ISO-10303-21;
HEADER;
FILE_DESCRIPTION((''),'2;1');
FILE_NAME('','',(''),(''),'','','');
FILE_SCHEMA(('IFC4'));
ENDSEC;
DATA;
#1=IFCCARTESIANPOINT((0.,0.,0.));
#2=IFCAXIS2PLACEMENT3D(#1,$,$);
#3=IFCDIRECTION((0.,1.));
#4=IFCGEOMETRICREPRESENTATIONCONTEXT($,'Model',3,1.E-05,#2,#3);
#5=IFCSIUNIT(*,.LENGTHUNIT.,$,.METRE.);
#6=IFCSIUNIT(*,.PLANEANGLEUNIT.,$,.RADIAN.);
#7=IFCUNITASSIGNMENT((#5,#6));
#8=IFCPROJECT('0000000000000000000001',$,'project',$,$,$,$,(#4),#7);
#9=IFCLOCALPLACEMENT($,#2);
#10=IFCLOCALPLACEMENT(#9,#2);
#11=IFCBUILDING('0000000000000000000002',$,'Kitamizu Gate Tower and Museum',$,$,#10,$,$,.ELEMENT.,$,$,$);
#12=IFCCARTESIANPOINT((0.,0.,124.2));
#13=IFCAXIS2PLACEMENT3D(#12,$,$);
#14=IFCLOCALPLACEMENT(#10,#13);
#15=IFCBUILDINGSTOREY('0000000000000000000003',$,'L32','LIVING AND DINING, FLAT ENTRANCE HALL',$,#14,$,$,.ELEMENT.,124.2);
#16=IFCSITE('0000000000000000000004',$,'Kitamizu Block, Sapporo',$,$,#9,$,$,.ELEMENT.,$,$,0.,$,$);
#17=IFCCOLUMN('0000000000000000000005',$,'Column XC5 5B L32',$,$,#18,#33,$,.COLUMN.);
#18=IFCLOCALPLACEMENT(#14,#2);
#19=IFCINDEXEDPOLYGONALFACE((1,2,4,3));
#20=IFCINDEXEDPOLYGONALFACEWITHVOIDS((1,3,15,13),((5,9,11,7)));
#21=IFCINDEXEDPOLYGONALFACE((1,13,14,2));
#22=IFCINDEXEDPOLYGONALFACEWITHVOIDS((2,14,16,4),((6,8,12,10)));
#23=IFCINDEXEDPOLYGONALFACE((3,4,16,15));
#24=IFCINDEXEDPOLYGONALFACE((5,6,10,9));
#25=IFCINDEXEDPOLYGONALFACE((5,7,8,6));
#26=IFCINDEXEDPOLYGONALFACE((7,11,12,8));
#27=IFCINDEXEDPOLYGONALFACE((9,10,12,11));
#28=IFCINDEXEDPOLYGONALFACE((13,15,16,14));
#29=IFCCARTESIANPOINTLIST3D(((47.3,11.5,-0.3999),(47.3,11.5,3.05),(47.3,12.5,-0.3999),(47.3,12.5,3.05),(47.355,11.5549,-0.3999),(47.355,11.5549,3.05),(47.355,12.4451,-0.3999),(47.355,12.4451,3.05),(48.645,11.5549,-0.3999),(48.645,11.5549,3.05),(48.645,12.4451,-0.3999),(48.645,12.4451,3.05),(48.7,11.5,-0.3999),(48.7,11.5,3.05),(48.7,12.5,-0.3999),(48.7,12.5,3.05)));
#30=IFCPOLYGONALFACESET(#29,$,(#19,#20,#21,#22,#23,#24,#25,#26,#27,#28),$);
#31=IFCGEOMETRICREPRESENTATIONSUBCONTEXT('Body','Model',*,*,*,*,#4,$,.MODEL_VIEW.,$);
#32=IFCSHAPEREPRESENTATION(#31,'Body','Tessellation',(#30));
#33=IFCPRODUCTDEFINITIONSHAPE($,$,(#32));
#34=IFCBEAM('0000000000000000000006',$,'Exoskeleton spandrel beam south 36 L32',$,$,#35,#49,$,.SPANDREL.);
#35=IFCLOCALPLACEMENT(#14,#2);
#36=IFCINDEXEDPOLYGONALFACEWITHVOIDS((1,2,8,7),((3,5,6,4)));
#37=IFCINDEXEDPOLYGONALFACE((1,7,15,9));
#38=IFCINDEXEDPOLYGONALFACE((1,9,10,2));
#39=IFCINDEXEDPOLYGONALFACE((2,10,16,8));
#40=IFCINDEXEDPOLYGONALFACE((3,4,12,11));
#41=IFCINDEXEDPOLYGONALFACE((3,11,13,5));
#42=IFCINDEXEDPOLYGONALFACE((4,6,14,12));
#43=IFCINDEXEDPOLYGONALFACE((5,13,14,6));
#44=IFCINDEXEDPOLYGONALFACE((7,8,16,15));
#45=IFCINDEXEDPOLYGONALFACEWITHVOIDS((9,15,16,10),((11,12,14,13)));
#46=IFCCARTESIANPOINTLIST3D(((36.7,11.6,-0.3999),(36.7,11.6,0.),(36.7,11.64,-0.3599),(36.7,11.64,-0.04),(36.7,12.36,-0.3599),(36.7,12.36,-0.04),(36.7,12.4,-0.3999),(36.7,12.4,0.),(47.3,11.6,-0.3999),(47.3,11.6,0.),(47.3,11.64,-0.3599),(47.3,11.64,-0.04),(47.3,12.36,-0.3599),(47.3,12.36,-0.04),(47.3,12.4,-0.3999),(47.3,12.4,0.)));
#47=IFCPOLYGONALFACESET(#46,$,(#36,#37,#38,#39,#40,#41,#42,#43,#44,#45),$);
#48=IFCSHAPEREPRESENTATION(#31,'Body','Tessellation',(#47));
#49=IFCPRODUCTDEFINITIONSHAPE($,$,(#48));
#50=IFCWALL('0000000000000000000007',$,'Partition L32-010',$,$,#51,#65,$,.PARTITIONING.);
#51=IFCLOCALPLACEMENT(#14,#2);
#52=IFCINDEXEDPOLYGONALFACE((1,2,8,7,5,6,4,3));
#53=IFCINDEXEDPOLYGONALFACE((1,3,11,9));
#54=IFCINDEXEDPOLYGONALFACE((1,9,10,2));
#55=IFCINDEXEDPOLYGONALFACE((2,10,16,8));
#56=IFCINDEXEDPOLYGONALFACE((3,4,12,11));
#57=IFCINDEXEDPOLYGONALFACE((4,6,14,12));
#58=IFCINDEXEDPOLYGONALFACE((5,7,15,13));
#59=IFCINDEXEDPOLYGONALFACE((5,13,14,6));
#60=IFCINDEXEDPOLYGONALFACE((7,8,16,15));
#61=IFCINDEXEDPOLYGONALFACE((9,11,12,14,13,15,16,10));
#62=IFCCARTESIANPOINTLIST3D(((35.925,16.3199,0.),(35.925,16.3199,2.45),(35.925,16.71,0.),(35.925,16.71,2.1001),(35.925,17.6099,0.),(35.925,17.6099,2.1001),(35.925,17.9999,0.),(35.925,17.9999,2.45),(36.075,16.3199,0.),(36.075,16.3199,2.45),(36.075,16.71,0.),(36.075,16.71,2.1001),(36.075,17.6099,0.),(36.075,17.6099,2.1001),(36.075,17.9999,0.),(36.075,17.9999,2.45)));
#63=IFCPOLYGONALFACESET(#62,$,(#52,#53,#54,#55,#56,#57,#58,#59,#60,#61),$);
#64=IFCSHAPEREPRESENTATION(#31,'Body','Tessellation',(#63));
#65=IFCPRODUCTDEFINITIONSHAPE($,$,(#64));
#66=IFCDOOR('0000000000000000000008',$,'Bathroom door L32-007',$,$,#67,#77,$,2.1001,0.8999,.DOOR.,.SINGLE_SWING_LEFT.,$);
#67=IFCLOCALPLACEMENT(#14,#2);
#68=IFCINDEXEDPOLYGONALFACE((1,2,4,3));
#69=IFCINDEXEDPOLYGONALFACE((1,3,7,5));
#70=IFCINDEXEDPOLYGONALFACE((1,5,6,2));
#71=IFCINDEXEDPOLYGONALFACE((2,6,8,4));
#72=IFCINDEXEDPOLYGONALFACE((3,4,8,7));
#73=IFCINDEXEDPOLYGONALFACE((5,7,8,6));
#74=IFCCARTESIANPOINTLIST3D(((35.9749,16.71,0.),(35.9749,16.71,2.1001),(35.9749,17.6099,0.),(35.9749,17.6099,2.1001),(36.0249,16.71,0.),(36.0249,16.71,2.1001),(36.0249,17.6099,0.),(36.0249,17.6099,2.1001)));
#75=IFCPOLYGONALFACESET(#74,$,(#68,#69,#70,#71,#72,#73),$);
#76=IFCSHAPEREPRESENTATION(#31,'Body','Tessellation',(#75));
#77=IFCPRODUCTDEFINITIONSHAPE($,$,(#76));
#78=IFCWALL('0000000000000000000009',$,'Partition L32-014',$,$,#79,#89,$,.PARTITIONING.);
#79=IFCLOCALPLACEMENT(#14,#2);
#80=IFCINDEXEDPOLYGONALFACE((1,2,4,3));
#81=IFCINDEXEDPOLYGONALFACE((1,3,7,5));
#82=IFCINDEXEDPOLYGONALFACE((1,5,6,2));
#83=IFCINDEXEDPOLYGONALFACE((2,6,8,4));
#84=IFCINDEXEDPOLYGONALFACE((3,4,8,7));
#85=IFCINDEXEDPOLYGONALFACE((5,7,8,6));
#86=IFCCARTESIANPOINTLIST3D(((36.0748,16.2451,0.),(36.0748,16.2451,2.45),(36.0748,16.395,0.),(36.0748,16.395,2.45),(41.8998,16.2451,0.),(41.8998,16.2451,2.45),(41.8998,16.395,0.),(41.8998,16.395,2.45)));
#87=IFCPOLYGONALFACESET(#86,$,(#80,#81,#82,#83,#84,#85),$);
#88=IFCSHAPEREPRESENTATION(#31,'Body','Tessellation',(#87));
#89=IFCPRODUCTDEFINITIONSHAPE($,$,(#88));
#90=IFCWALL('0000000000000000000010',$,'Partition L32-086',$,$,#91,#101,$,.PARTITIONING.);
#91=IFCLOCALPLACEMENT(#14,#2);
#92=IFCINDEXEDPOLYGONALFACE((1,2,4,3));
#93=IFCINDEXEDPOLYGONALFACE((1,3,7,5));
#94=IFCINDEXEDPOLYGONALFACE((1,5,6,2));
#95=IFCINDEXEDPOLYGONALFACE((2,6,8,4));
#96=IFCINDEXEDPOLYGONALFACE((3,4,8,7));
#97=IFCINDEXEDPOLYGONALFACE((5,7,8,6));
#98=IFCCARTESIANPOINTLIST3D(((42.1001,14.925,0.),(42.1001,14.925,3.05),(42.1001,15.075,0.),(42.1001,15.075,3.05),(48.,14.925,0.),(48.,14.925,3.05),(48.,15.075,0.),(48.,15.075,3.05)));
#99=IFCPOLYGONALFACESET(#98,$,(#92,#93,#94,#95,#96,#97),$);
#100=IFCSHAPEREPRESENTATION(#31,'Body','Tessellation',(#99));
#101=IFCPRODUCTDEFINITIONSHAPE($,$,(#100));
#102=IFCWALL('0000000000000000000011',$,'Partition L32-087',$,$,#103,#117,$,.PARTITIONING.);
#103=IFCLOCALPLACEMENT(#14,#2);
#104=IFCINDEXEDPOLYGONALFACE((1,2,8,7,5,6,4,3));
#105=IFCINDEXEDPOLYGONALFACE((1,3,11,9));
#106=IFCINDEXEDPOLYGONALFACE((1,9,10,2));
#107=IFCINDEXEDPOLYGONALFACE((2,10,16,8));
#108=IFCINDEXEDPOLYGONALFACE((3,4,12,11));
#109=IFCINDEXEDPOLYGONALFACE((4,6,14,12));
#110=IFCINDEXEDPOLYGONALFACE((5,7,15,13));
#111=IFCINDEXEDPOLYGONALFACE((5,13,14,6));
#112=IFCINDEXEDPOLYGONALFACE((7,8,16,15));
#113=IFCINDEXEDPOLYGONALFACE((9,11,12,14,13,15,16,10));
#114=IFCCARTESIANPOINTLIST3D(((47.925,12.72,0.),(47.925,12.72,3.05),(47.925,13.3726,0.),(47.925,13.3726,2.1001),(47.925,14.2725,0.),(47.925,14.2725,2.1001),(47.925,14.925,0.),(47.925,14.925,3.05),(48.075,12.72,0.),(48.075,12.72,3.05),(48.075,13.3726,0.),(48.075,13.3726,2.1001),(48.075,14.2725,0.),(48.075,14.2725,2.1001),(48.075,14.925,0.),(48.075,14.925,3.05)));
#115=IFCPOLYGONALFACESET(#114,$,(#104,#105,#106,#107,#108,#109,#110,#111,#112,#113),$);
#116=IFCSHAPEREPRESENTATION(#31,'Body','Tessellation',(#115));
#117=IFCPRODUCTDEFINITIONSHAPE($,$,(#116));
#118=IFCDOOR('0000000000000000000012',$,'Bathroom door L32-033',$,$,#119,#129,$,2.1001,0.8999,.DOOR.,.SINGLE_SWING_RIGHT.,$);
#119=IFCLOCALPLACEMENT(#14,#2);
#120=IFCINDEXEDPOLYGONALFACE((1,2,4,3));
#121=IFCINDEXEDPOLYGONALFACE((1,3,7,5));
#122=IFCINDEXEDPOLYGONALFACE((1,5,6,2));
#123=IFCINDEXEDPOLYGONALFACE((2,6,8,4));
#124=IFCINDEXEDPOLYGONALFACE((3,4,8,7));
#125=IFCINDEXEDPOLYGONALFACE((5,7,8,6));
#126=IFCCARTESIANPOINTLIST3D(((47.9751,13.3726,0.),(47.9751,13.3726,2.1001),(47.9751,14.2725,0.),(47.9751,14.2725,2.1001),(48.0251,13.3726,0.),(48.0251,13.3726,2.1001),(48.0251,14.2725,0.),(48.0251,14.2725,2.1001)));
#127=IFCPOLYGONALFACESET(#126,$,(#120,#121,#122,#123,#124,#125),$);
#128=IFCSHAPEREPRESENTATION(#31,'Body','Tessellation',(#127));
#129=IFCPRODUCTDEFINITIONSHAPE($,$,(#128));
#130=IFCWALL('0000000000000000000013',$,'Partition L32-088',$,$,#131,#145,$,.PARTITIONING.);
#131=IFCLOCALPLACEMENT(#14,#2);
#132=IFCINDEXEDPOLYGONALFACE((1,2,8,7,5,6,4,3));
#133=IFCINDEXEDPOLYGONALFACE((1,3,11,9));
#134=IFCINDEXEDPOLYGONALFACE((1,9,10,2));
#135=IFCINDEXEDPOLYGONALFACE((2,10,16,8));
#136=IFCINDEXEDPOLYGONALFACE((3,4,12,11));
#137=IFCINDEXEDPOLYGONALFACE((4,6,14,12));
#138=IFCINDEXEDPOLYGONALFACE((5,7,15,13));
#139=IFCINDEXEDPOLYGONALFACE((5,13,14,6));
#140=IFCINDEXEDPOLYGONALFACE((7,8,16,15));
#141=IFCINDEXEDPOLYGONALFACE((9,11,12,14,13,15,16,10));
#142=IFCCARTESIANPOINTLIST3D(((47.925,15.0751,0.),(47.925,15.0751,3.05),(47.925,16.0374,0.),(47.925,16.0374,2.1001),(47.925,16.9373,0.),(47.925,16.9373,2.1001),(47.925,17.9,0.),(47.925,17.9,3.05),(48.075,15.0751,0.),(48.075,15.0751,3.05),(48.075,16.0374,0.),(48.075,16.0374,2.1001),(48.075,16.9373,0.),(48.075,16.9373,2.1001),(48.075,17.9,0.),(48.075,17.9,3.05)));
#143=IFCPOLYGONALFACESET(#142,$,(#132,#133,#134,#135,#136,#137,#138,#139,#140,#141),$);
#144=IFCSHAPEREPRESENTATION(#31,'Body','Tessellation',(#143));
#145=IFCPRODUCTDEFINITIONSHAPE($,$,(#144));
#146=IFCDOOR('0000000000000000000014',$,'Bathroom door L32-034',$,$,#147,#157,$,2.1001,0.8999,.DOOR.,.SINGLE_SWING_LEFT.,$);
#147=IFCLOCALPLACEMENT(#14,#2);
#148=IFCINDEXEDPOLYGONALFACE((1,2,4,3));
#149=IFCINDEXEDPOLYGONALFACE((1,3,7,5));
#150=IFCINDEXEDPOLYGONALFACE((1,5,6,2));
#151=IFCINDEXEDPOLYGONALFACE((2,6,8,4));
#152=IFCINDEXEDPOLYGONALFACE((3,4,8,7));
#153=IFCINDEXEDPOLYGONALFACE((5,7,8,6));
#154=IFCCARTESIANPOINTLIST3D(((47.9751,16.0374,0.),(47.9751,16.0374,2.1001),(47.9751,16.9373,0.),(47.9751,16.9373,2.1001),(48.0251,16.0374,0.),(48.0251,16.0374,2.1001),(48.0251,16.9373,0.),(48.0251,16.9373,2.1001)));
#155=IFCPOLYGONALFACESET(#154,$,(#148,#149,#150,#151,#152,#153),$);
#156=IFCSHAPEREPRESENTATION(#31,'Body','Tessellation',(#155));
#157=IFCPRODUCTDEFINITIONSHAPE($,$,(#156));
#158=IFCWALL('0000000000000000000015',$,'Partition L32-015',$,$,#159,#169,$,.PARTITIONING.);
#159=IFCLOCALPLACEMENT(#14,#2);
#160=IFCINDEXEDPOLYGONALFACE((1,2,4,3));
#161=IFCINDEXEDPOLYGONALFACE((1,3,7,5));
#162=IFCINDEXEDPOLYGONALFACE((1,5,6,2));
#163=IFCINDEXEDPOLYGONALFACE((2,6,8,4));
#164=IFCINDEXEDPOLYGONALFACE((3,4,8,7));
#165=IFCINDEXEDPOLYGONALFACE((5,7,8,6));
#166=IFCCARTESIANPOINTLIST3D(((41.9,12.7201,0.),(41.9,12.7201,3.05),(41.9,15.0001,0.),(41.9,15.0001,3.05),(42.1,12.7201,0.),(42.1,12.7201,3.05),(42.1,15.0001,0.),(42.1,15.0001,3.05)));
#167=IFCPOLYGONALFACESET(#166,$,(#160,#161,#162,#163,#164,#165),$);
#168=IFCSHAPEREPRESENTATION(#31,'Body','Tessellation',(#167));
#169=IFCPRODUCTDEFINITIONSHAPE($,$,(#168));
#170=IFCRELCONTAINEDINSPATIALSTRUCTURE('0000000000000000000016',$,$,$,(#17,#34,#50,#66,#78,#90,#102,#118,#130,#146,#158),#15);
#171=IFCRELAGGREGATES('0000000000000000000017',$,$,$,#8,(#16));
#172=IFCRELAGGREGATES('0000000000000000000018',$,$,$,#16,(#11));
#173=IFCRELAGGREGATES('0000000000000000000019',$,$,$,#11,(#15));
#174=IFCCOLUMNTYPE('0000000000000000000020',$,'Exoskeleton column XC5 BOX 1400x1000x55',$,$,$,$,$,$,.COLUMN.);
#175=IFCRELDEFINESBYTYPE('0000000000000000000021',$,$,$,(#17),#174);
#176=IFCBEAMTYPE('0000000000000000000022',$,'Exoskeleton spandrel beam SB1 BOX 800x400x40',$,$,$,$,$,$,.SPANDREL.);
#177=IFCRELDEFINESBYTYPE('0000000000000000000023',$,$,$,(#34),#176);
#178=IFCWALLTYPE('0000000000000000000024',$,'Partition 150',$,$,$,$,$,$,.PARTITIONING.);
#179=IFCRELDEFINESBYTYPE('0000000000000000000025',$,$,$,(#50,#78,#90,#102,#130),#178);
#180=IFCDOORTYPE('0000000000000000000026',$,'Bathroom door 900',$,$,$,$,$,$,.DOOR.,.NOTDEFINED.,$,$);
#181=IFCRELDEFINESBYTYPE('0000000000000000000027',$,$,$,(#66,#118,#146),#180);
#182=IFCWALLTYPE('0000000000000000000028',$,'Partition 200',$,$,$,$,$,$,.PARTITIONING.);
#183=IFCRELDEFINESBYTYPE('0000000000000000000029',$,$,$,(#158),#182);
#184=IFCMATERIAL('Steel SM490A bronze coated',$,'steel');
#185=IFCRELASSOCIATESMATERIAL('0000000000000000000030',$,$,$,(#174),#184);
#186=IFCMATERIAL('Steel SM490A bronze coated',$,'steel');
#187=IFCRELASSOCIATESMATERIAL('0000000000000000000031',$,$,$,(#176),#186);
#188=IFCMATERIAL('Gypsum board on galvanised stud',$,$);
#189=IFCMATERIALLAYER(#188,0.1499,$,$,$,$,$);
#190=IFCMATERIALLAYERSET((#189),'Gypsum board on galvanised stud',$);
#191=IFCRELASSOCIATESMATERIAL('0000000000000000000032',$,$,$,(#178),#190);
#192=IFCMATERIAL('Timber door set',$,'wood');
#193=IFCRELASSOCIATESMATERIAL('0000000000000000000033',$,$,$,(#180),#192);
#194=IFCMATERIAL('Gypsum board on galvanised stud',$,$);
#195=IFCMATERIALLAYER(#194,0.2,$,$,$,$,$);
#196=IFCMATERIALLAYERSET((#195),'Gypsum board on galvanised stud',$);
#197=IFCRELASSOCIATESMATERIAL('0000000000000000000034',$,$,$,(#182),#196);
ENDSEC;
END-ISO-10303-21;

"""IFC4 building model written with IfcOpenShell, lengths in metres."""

from ifc_helpers import new_model, si_unit, direction, frame, frame_2d, origin, origin_2d, place, context, subcontext, project, spatial, rectangle, hollow_rectangle, extrude, material, layer, layer_set, material_profile, profile_set, type_object, element, fill, save


model = new_model("IFC4")

# Units and contexts
model_context = context("Model", 3, precision=1e-05, world=origin(), true_north=direction((0.0, 1.0)))
body_context = subcontext(model_context, "Body", "Model", "MODEL_VIEW")
ifc_project = project(units=[si_unit("LENGTHUNIT", "METRE"), si_unit("PLANEANGLEUNIT", "RADIAN")], contexts=[model_context])

# Site, building, storey
site_placement = place(None, origin())
site = spatial("IfcSite", under=ifc_project, at=site_placement, Name="Kitamizu Block, Sapporo", CompositionType="ELEMENT", RefElevation=0.0)
building_placement = place(site_placement, origin())
building = spatial("IfcBuilding", under=site, at=building_placement, Name="Kitamizu Gate Tower and Museum", CompositionType="ELEMENT")
storey_placement = place(building_placement, frame((0.0, 0.0, 124.2)))
storey = spatial("IfcBuildingStorey", under=building, at=storey_placement, Name="L32", Description="LIVING AND DINING, FLAT ENTRANCE HALL", CompositionType="ELEMENT", Elevation=124.2)

# Column
ifc_material_1 = material(Name="Steel SM490A bronze coated", Category="steel")
ifc_material_profile_1 = material_profile(ifc_material_1, hollow_rectangle(XDim=1.3999, YDim=1.0, WallThickness=0.0549, at=origin_2d()), Name="BOX 1400x1000x55")
ifc_profile_set_1 = profile_set([ifc_material_profile_1], Name="Steel SM490A bronze coated")
column_type = type_object("IfcColumnType", Name="Exoskeleton column XC5 BOX 1400x1000x55", PredefinedType="COLUMN", material=ifc_profile_set_1)
column_placement = place(storey_placement, frame((48.0, 12.0, -0.3999), z_axis=(0.0, 0.0, 1.0), x_axis=(1.0, 0.0, 0.0)))
element("IfcColumn", 1, at=column_placement, inside=storey, type_object=column_type, Name="Column XC5 5B L32", PredefinedType="COLUMN", context=body_context, shape_type="SweptSolid", body=[
    extrude(hollow_rectangle(XDim=1.3999, YDim=1.0, WallThickness=0.0549, at=origin_2d()), origin(), (0.0, 0.0, 1.0), 3.45),
])

# Beam
ifc_material_2 = material(Name="Steel SM490A bronze coated", Category="steel")
ifc_material_profile_2 = material_profile(ifc_material_2, hollow_rectangle(XDim=0.8, YDim=0.3999, WallThickness=0.04, at=origin_2d()), Name="BOX 800x400x40")
ifc_profile_set_2 = profile_set([ifc_material_profile_2], Name="Steel SM490A bronze coated")
beam_type = type_object("IfcBeamType", Name="Exoskeleton spandrel beam SB1 BOX 800x400x40", PredefinedType="SPANDREL", material=ifc_profile_set_2)
beam_placement = place(storey_placement, frame((36.7, 12.0, -0.2), z_axis=(1.0, 0.0, 0.0), x_axis=(0.0, 1.0, 0.0)))
element("IfcBeam", 2, at=beam_placement, inside=storey, type_object=beam_type, Name="Exoskeleton spandrel beam south 36 L32", PredefinedType="SPANDREL", context=body_context, shape_type="SweptSolid", body=[
    extrude(hollow_rectangle(XDim=0.8, YDim=0.3999, WallThickness=0.04, at=origin_2d()), origin(), (0.0, 0.0, 1.0), 10.6001),
])

# Wall, opening, door
ifc_material_3 = material(Name="Gypsum board on galvanised stud")
ifc_layer_1 = layer(ifc_material_3, 0.1499)
ifc_layer_set_1 = layer_set([ifc_layer_1], Name="Gypsum board on galvanised stud")
wall_type_1 = type_object("IfcWallType", Name="Partition 150", PredefinedType="PARTITIONING", material=ifc_layer_set_1)
wall_1_placement = place(storey_placement, frame((36.0, 16.3201, 0.0), z_axis=(0.0, 0.0, 1.0), x_axis=(0.0, 1.0, 0.0)))
wall_1 = element("IfcWall", 3, at=wall_1_placement, inside=storey, type_object=wall_type_1, Name="Partition L32-010", PredefinedType="PARTITIONING", context=body_context, shape_type="SweptSolid", body=[
    extrude(rectangle(XDim=1.6799, YDim=0.1499, at=frame_2d((0.8398, 0.0))), origin(), (0.0, 0.0, 1.0), 2.45),
])
opening_1_placement = place(wall_1_placement, frame((0.3899, 0.0, 0.0)))
opening_1 = element("IfcOpeningElement", 4, at=opening_1_placement, cuts=wall_1, PredefinedType="OPENING", context=body_context, shape_type="SweptSolid", body=[
    extrude(rectangle(XDim=0.8999, YDim=2.1001, at=frame_2d((0.45, 1.05))), frame((0.0, 0.085, 0.0), z_axis=(0.0, -1.0, 0.0), x_axis=(1.0, 0.0, 0.0)), (0.0, 0.0, 1.0), 0.1699),
])
ifc_material_4 = material(Name="Timber door set", Category="wood")
door_type = type_object("IfcDoorType", Name="Bathroom door 900", OperationType="NOTDEFINED", PredefinedType="DOOR", material=ifc_material_4)
door_1_placement = place(opening_1_placement, frame((0.8999, 0.0, 0.0), x_axis=(-1.0, 0.0, 0.0)))
door_1 = element("IfcDoor", 5, at=door_1_placement, inside=storey, type_object=door_type, Name="Bathroom door L32-007", OperationType="SINGLE_SWING_LEFT", OverallHeight=2.1001, OverallWidth=0.8999, PredefinedType="DOOR", context=body_context, shape_type="SweptSolid", body=[
    extrude(rectangle(XDim=0.8999, YDim=2.1001, at=frame_2d((0.45, 1.05))), frame((0.0, 0.0249, 0.0), z_axis=(0.0, -1.0, 0.0), x_axis=(1.0, 0.0, 0.0)), (0.0, 0.0, 1.0), 0.05),
])
fill(opening_1, door_1)

# Walls
wall_2_placement = place(storey_placement, frame((41.8999, 16.3201, 0.0), z_axis=(0.0, 0.0, 1.0), x_axis=(-1.0, 0.0, 0.0)))
element("IfcWall", 6, at=wall_2_placement, inside=storey, type_object=wall_type_1, Name="Partition L32-014", PredefinedType="PARTITIONING", context=body_context, shape_type="SweptSolid", body=[
    extrude(rectangle(XDim=5.825, YDim=0.1499, at=frame_2d((2.9126, 0.0))), origin(), (0.0, 0.0, 1.0), 2.45),
])
wall_3_placement = place(storey_placement, frame((48.0, 15.0, 0.0), z_axis=(0.0, 0.0, 1.0), x_axis=(-1.0, 0.0, 0.0)))
element("IfcWall", 7, at=wall_3_placement, inside=storey, type_object=wall_type_1, Name="Partition L32-086", PredefinedType="PARTITIONING", context=body_context, shape_type="SweptSolid", body=[
    extrude(rectangle(XDim=5.8999, YDim=0.1499, at=frame_2d((2.95, 0.0))), origin(), (0.0, 0.0, 1.0), 3.05),
])

# Walls, openings, doors
wall_4_placement = place(storey_placement, frame((48.0, 12.72, 0.0), z_axis=(0.0, 0.0, 1.0), x_axis=(0.0, 1.0, 0.0)))
wall_4 = element("IfcWall", 8, at=wall_4_placement, inside=storey, type_object=wall_type_1, Name="Partition L32-087", PredefinedType="PARTITIONING", context=body_context, shape_type="SweptSolid", body=[
    extrude(rectangle(XDim=2.2051, YDim=0.1499, at=frame_2d((1.1025, 0.0))), origin(), (0.0, 0.0, 1.0), 3.05),
])
opening_2_placement = place(wall_4_placement, frame((0.6526, 0.0, 0.0)))
opening_2 = element("IfcOpeningElement", 9, at=opening_2_placement, cuts=wall_4, PredefinedType="OPENING", context=body_context, shape_type="SweptSolid", body=[
    extrude(rectangle(XDim=0.8999, YDim=2.1001, at=frame_2d((0.45, 1.05))), frame((0.0, 0.085, 0.0), z_axis=(0.0, -1.0, 0.0), x_axis=(1.0, 0.0, 0.0)), (0.0, 0.0, 1.0), 0.1699),
])
door_2_placement = place(opening_2_placement, origin())
door_2 = element("IfcDoor", 10, at=door_2_placement, inside=storey, type_object=door_type, Name="Bathroom door L32-033", OperationType="SINGLE_SWING_RIGHT", OverallHeight=2.1001, OverallWidth=0.8999, PredefinedType="DOOR", context=body_context, shape_type="SweptSolid", body=[
    extrude(rectangle(XDim=0.8999, YDim=2.1001, at=frame_2d((0.45, 1.05))), frame((0.0, 0.0249, 0.0), z_axis=(0.0, -1.0, 0.0), x_axis=(1.0, 0.0, 0.0)), (0.0, 0.0, 1.0), 0.05),
])
fill(opening_2, door_2)
wall_5_placement = place(storey_placement, frame((48.0, 15.075, 0.0), z_axis=(0.0, 0.0, 1.0), x_axis=(0.0, 1.0, 0.0)))
wall_5 = element("IfcWall", 11, at=wall_5_placement, inside=storey, type_object=wall_type_1, Name="Partition L32-088", PredefinedType="PARTITIONING", context=body_context, shape_type="SweptSolid", body=[
    extrude(rectangle(XDim=2.825, YDim=0.1499, at=frame_2d((1.4126, 0.0))), origin(), (0.0, 0.0, 1.0), 3.05),
])
opening_3_placement = place(wall_5_placement, frame((0.9624, 0.0, 0.0)))
opening_3 = element("IfcOpeningElement", 12, at=opening_3_placement, cuts=wall_5, PredefinedType="OPENING", context=body_context, shape_type="SweptSolid", body=[
    extrude(rectangle(XDim=0.8999, YDim=2.1001, at=frame_2d((0.45, 1.05))), frame((0.0, 0.085, 0.0), z_axis=(0.0, -1.0, 0.0), x_axis=(1.0, 0.0, 0.0)), (0.0, 0.0, 1.0), 0.1699),
])
door_3_placement = place(opening_3_placement, origin())
door_3 = element("IfcDoor", 13, at=door_3_placement, inside=storey, type_object=door_type, Name="Bathroom door L32-034", OperationType="SINGLE_SWING_LEFT", OverallHeight=2.1001, OverallWidth=0.8999, PredefinedType="DOOR", context=body_context, shape_type="SweptSolid", body=[
    extrude(rectangle(XDim=0.8999, YDim=2.1001, at=frame_2d((0.45, 1.05))), frame((0.0, 0.0249, 0.0), z_axis=(0.0, -1.0, 0.0), x_axis=(1.0, 0.0, 0.0)), (0.0, 0.0, 1.0), 0.05),
])
fill(opening_3, door_3)

# Wall
ifc_material_5 = material(Name="Gypsum board on galvanised stud")
ifc_layer_2 = layer(ifc_material_5, 0.2)
ifc_layer_set_2 = layer_set([ifc_layer_2], Name="Gypsum board on galvanised stud")
wall_type_2 = type_object("IfcWallType", Name="Partition 200", PredefinedType="PARTITIONING", material=ifc_layer_set_2)
wall_6_placement = place(storey_placement, frame((42.0, 12.72, 0.0), z_axis=(0.0, 0.0, 1.0), x_axis=(0.0, 1.0, 0.0)))
element("IfcWall", 14, at=wall_6_placement, inside=storey, type_object=wall_type_2, Name="Partition L32-015", PredefinedType="PARTITIONING", context=body_context, shape_type="SweptSolid", body=[
    extrude(rectangle(XDim=2.28, YDim=0.2, at=frame_2d((1.1401, 0.0))), origin(), (0.0, 0.0, 1.0), 3.05),
])

save(model, "model.ifc")
